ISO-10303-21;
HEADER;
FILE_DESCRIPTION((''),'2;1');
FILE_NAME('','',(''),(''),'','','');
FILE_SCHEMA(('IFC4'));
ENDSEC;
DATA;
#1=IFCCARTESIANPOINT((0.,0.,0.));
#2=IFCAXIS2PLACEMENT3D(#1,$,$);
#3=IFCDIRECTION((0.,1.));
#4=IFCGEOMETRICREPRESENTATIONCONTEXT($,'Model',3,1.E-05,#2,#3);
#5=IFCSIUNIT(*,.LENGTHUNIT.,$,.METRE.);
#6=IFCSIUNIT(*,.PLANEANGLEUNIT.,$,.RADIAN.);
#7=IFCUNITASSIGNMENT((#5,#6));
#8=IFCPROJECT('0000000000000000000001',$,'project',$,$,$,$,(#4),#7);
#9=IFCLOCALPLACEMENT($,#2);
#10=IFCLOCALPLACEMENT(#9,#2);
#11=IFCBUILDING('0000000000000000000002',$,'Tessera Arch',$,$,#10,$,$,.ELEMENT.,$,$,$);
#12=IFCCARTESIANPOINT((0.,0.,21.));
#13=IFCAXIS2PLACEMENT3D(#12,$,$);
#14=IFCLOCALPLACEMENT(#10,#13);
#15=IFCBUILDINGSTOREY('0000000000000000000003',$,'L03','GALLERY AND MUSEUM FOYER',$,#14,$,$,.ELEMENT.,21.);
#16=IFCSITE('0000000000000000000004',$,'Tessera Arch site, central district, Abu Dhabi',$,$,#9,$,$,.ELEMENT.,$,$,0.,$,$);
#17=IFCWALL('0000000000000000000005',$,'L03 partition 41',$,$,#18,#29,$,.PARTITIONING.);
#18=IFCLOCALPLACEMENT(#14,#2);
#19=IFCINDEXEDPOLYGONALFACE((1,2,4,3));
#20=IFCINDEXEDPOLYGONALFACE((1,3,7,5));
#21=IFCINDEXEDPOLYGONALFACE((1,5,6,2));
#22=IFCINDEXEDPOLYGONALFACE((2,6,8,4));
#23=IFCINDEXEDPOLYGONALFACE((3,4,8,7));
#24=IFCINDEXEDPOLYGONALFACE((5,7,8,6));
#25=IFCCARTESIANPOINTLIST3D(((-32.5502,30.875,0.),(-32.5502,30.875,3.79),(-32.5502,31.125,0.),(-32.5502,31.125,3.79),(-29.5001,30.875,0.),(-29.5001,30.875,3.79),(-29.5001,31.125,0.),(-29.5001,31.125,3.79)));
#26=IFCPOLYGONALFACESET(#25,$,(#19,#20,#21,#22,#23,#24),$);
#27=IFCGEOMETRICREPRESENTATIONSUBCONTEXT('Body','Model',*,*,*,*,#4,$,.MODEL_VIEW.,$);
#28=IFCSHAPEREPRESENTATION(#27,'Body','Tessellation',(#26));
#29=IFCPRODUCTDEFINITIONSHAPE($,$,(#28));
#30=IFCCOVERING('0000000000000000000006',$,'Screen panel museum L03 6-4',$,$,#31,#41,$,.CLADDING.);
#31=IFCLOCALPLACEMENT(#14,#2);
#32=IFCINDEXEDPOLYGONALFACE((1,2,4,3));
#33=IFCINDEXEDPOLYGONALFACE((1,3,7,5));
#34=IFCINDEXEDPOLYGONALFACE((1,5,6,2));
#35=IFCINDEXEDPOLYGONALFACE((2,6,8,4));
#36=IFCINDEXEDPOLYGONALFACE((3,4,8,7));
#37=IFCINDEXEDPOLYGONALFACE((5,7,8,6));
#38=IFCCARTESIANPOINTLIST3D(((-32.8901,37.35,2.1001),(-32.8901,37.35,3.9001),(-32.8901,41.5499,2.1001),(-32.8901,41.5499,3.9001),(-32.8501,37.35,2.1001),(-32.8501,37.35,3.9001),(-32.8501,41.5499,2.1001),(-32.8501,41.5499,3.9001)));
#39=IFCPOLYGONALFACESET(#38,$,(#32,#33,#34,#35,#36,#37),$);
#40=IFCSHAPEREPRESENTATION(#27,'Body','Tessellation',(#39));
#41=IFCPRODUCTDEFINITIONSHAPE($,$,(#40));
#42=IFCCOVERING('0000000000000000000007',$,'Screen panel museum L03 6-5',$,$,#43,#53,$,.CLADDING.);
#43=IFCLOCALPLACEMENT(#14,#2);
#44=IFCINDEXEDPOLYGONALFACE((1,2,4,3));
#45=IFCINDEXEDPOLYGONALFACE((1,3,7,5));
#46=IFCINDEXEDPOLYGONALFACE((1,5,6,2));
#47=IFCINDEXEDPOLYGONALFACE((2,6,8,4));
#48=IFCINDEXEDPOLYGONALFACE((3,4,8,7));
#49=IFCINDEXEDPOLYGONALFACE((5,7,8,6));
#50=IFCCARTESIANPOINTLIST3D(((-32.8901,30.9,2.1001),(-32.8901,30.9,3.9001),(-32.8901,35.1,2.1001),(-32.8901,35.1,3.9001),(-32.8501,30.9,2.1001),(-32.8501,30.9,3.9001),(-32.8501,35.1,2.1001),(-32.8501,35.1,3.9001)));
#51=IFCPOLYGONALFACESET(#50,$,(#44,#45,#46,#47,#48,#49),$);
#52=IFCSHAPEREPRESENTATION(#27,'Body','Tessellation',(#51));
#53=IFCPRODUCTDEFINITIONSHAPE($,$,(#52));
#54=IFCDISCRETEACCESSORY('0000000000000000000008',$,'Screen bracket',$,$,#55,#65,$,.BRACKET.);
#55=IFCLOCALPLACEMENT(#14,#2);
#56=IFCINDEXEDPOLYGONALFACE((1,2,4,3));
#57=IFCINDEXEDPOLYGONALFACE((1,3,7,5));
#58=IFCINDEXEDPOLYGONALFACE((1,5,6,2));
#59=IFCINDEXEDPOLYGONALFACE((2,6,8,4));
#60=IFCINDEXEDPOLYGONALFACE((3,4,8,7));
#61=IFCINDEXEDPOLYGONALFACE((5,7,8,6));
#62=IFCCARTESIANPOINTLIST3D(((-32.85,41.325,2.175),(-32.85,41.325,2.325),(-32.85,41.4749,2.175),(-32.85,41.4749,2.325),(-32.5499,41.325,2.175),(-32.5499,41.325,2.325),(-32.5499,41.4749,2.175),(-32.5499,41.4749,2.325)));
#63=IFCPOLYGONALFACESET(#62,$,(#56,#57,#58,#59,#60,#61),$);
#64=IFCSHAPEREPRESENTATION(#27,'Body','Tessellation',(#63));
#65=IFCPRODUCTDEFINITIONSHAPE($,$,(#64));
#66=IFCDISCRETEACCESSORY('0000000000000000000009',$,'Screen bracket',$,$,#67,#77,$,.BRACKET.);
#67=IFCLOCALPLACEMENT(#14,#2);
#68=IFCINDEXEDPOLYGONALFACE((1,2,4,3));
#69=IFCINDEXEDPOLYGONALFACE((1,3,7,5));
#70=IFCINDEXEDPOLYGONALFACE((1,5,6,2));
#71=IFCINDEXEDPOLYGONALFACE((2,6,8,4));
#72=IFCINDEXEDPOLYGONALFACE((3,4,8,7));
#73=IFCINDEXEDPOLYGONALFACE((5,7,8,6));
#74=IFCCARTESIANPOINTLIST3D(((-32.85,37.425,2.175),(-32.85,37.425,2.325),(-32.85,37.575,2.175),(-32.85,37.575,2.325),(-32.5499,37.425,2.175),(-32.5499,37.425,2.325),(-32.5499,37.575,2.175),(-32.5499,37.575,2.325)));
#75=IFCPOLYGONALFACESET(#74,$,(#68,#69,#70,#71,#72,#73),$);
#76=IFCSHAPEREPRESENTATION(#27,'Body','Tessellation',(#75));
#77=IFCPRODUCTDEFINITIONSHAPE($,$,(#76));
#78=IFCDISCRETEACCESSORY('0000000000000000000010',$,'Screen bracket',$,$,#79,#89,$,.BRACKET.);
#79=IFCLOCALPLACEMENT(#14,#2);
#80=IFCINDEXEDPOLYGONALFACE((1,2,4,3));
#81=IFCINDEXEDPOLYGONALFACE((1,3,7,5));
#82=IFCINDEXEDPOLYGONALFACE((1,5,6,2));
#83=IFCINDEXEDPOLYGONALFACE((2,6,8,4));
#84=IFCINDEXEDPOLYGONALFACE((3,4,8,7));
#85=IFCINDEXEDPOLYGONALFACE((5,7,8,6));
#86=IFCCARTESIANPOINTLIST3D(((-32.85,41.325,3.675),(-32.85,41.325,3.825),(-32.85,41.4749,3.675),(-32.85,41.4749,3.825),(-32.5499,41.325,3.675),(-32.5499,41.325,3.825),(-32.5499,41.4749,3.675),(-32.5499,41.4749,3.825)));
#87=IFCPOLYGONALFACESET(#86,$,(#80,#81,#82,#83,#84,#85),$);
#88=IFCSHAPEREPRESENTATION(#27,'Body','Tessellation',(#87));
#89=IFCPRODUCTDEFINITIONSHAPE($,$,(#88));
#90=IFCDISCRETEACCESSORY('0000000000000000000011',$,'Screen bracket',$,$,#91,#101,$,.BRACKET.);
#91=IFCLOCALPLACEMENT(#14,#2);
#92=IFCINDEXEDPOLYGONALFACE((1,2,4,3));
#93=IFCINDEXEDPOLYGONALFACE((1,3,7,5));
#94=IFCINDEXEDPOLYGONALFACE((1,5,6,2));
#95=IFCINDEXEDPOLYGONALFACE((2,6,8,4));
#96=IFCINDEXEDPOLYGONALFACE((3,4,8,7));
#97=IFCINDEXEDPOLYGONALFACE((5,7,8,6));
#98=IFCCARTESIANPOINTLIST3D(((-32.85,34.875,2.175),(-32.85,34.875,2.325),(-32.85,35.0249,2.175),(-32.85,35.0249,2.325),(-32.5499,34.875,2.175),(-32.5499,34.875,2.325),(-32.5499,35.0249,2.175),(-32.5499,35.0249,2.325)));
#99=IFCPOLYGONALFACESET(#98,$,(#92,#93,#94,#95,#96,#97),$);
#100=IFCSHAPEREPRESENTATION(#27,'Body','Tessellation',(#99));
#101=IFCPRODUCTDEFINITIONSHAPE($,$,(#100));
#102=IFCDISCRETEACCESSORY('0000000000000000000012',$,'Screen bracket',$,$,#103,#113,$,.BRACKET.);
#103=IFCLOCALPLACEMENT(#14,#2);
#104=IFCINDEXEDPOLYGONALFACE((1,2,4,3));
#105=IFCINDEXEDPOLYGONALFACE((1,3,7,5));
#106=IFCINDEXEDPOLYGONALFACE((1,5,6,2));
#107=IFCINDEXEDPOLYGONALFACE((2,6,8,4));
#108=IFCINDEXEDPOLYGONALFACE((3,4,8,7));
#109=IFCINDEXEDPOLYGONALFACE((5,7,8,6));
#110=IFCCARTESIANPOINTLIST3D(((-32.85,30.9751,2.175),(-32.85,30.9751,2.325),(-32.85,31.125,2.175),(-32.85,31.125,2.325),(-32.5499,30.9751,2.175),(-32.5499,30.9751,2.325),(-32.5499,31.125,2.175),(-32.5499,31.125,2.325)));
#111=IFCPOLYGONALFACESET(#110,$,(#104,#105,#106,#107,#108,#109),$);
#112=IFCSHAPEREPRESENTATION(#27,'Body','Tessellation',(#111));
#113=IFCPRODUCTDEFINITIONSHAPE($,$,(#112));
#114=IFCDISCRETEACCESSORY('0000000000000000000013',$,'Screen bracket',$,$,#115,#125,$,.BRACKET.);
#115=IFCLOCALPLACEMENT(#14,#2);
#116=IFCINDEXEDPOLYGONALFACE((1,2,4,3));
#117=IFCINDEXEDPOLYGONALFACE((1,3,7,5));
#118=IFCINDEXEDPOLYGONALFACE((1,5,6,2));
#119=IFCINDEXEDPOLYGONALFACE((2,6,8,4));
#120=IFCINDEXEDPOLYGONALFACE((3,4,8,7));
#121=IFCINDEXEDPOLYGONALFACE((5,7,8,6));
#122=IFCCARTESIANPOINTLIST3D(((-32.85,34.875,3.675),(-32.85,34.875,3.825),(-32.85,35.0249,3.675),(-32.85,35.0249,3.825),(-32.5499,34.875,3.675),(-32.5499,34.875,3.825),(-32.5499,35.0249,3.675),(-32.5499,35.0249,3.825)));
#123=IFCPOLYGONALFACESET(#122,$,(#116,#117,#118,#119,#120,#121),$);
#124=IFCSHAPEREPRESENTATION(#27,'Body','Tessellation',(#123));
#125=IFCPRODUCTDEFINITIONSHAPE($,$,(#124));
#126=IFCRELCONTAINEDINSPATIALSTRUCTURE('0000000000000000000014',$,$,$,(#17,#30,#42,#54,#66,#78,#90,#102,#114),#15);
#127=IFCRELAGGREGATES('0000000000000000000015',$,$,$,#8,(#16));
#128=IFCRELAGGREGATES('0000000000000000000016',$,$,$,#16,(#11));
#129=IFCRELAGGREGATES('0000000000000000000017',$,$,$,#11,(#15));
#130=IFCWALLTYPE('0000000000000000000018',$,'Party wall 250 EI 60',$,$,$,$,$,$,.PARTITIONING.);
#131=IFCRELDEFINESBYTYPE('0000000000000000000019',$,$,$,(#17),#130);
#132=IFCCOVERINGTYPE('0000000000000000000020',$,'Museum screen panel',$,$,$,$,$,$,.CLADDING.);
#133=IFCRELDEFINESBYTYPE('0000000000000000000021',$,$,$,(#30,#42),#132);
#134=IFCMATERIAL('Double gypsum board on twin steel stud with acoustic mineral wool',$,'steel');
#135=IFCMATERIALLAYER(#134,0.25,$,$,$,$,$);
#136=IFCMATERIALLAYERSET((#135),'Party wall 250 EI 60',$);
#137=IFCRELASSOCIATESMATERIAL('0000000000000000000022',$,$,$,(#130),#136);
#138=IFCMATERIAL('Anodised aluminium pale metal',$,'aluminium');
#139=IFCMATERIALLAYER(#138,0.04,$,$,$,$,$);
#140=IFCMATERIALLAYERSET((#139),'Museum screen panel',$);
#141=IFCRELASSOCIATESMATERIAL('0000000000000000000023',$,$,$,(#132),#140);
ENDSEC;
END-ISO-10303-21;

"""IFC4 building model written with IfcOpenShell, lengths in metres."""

from ifc_helpers import new_model, si_unit, direction, frame, frame_2d, origin, origin_2d, place, context, subcontext, project, spatial, rectangle, extrude, material, layer, layer_set, type_object, element, save


model = new_model("IFC4")

# Units and contexts
model_context = context("Model", 3, precision=1e-05, world=origin(), true_north=direction((0.0, 1.0)))
body_context = subcontext(model_context, "Body", "Model", "MODEL_VIEW")
ifc_project = project(units=[si_unit("LENGTHUNIT", "METRE"), si_unit("PLANEANGLEUNIT", "RADIAN")], contexts=[model_context])

# Site, building, storey
site_placement = place(None, origin())
site = spatial("IfcSite", under=ifc_project, at=site_placement, Name="Tessera Arch site, central district, Abu Dhabi", CompositionType="ELEMENT", RefElevation=0.0)
building_placement = place(site_placement, origin())
building = spatial("IfcBuilding", under=site, at=building_placement, Name="Tessera Arch", CompositionType="ELEMENT")
storey_placement = place(building_placement, frame((0.0, 0.0, 21.0)))
storey = spatial("IfcBuildingStorey", under=building, at=storey_placement, Name="L03", Description="GALLERY AND MUSEUM FOYER", CompositionType="ELEMENT", Elevation=21.0)

# Wall
ifc_material_1 = material(Name="Double gypsum board on twin steel stud with acoustic mineral wool", Category="steel")
ifc_layer_1 = layer(ifc_material_1, 0.25)
ifc_layer_set_1 = layer_set([ifc_layer_1], Name="Party wall 250 EI 60")
wall_type_1 = type_object("IfcWallType", Name="Party wall 250 EI 60", PredefinedType="PARTITIONING", material=ifc_layer_set_1)
wall_1_placement = place(storey_placement, frame((-32.55, 31.0, 0.0), z_axis=(0.0, 0.0, 1.0), x_axis=(1.0, 0.0, 0.0)))
element("IfcWall", 1, at=wall_1_placement, inside=storey, type_object=wall_type_1, Name="L03 partition 41", PredefinedType="PARTITIONING", context=body_context, shape_type="SweptSolid", body=[
    extrude(rectangle(XDim=3.05, YDim=0.25, at=frame_2d((1.5249, 0.0))), origin(), (0.0, 0.0, 1.0), 3.79),
])

# Coverings
ifc_material_2 = material(Name="Anodised aluminium pale metal", Category="aluminium")
ifc_layer_2 = layer(ifc_material_2, 0.04)
ifc_layer_set_2 = layer_set([ifc_layer_2], Name="Museum screen panel")
covering_type = type_object("IfcCoveringType", Name="Museum screen panel", PredefinedType="CLADDING", material=ifc_layer_set_2)
for number, where, z_axis, x_axis, name in (
    (2, (-32.8701, 39.45, 2.1001), (0.0, 0.0, 1.0), (0.0, -1.0, 0.0), "Screen panel museum L03 6-4"),
    (3, (-32.8701, 33.0, 2.1001), (0.0, 0.0, 1.0), (0.0, -1.0, 0.0), "Screen panel museum L03 6-5"),
):
    element("IfcCovering", number, at=place(storey_placement, frame(where, z_axis=z_axis, x_axis=x_axis)), inside=storey, type_object=covering_type, Name=name, PredefinedType="CLADDING", context=body_context, shape_type="SweptSolid", body=[
        extrude(rectangle(XDim=4.2, YDim=0.04, at=origin_2d()), origin(), (0.0, 0.0, 1.0), 1.8),
    ])

# Discrete accessories
for number, where, z_axis, x_axis, name in (
    (4, (-32.7, 41.3999, 2.175), (0.0, 0.0, 1.0), (-1.0, 0.0, 0.0), "Screen bracket"),
    (5, (-32.7, 37.5, 2.175), (0.0, 0.0, 1.0), (-1.0, 0.0, 0.0), "Screen bracket"),
    (6, (-32.7, 41.3999, 3.675), (0.0, 0.0, 1.0), (-1.0, 0.0, 0.0), "Screen bracket"),
    (7, (-32.7, 34.95, 2.175), (0.0, 0.0, 1.0), (-1.0, 0.0, 0.0), "Screen bracket"),
    (8, (-32.7, 31.05, 2.175), (0.0, 0.0, 1.0), (-1.0, 0.0, 0.0), "Screen bracket"),
    (9, (-32.7, 34.95, 3.675), (0.0, 0.0, 1.0), (-1.0, 0.0, 0.0), "Screen bracket"),
):
    element("IfcDiscreteAccessory", number, at=place(storey_placement, frame(where, z_axis=z_axis, x_axis=x_axis)), inside=storey, Name=name, PredefinedType="BRACKET", context=body_context, shape_type="SweptSolid", body=[
        extrude(rectangle(XDim=0.3, YDim=0.1499, at=origin_2d()), origin(), (0.0, 0.0, 1.0), 0.1499),
    ])

save(model, "model.ifc")
